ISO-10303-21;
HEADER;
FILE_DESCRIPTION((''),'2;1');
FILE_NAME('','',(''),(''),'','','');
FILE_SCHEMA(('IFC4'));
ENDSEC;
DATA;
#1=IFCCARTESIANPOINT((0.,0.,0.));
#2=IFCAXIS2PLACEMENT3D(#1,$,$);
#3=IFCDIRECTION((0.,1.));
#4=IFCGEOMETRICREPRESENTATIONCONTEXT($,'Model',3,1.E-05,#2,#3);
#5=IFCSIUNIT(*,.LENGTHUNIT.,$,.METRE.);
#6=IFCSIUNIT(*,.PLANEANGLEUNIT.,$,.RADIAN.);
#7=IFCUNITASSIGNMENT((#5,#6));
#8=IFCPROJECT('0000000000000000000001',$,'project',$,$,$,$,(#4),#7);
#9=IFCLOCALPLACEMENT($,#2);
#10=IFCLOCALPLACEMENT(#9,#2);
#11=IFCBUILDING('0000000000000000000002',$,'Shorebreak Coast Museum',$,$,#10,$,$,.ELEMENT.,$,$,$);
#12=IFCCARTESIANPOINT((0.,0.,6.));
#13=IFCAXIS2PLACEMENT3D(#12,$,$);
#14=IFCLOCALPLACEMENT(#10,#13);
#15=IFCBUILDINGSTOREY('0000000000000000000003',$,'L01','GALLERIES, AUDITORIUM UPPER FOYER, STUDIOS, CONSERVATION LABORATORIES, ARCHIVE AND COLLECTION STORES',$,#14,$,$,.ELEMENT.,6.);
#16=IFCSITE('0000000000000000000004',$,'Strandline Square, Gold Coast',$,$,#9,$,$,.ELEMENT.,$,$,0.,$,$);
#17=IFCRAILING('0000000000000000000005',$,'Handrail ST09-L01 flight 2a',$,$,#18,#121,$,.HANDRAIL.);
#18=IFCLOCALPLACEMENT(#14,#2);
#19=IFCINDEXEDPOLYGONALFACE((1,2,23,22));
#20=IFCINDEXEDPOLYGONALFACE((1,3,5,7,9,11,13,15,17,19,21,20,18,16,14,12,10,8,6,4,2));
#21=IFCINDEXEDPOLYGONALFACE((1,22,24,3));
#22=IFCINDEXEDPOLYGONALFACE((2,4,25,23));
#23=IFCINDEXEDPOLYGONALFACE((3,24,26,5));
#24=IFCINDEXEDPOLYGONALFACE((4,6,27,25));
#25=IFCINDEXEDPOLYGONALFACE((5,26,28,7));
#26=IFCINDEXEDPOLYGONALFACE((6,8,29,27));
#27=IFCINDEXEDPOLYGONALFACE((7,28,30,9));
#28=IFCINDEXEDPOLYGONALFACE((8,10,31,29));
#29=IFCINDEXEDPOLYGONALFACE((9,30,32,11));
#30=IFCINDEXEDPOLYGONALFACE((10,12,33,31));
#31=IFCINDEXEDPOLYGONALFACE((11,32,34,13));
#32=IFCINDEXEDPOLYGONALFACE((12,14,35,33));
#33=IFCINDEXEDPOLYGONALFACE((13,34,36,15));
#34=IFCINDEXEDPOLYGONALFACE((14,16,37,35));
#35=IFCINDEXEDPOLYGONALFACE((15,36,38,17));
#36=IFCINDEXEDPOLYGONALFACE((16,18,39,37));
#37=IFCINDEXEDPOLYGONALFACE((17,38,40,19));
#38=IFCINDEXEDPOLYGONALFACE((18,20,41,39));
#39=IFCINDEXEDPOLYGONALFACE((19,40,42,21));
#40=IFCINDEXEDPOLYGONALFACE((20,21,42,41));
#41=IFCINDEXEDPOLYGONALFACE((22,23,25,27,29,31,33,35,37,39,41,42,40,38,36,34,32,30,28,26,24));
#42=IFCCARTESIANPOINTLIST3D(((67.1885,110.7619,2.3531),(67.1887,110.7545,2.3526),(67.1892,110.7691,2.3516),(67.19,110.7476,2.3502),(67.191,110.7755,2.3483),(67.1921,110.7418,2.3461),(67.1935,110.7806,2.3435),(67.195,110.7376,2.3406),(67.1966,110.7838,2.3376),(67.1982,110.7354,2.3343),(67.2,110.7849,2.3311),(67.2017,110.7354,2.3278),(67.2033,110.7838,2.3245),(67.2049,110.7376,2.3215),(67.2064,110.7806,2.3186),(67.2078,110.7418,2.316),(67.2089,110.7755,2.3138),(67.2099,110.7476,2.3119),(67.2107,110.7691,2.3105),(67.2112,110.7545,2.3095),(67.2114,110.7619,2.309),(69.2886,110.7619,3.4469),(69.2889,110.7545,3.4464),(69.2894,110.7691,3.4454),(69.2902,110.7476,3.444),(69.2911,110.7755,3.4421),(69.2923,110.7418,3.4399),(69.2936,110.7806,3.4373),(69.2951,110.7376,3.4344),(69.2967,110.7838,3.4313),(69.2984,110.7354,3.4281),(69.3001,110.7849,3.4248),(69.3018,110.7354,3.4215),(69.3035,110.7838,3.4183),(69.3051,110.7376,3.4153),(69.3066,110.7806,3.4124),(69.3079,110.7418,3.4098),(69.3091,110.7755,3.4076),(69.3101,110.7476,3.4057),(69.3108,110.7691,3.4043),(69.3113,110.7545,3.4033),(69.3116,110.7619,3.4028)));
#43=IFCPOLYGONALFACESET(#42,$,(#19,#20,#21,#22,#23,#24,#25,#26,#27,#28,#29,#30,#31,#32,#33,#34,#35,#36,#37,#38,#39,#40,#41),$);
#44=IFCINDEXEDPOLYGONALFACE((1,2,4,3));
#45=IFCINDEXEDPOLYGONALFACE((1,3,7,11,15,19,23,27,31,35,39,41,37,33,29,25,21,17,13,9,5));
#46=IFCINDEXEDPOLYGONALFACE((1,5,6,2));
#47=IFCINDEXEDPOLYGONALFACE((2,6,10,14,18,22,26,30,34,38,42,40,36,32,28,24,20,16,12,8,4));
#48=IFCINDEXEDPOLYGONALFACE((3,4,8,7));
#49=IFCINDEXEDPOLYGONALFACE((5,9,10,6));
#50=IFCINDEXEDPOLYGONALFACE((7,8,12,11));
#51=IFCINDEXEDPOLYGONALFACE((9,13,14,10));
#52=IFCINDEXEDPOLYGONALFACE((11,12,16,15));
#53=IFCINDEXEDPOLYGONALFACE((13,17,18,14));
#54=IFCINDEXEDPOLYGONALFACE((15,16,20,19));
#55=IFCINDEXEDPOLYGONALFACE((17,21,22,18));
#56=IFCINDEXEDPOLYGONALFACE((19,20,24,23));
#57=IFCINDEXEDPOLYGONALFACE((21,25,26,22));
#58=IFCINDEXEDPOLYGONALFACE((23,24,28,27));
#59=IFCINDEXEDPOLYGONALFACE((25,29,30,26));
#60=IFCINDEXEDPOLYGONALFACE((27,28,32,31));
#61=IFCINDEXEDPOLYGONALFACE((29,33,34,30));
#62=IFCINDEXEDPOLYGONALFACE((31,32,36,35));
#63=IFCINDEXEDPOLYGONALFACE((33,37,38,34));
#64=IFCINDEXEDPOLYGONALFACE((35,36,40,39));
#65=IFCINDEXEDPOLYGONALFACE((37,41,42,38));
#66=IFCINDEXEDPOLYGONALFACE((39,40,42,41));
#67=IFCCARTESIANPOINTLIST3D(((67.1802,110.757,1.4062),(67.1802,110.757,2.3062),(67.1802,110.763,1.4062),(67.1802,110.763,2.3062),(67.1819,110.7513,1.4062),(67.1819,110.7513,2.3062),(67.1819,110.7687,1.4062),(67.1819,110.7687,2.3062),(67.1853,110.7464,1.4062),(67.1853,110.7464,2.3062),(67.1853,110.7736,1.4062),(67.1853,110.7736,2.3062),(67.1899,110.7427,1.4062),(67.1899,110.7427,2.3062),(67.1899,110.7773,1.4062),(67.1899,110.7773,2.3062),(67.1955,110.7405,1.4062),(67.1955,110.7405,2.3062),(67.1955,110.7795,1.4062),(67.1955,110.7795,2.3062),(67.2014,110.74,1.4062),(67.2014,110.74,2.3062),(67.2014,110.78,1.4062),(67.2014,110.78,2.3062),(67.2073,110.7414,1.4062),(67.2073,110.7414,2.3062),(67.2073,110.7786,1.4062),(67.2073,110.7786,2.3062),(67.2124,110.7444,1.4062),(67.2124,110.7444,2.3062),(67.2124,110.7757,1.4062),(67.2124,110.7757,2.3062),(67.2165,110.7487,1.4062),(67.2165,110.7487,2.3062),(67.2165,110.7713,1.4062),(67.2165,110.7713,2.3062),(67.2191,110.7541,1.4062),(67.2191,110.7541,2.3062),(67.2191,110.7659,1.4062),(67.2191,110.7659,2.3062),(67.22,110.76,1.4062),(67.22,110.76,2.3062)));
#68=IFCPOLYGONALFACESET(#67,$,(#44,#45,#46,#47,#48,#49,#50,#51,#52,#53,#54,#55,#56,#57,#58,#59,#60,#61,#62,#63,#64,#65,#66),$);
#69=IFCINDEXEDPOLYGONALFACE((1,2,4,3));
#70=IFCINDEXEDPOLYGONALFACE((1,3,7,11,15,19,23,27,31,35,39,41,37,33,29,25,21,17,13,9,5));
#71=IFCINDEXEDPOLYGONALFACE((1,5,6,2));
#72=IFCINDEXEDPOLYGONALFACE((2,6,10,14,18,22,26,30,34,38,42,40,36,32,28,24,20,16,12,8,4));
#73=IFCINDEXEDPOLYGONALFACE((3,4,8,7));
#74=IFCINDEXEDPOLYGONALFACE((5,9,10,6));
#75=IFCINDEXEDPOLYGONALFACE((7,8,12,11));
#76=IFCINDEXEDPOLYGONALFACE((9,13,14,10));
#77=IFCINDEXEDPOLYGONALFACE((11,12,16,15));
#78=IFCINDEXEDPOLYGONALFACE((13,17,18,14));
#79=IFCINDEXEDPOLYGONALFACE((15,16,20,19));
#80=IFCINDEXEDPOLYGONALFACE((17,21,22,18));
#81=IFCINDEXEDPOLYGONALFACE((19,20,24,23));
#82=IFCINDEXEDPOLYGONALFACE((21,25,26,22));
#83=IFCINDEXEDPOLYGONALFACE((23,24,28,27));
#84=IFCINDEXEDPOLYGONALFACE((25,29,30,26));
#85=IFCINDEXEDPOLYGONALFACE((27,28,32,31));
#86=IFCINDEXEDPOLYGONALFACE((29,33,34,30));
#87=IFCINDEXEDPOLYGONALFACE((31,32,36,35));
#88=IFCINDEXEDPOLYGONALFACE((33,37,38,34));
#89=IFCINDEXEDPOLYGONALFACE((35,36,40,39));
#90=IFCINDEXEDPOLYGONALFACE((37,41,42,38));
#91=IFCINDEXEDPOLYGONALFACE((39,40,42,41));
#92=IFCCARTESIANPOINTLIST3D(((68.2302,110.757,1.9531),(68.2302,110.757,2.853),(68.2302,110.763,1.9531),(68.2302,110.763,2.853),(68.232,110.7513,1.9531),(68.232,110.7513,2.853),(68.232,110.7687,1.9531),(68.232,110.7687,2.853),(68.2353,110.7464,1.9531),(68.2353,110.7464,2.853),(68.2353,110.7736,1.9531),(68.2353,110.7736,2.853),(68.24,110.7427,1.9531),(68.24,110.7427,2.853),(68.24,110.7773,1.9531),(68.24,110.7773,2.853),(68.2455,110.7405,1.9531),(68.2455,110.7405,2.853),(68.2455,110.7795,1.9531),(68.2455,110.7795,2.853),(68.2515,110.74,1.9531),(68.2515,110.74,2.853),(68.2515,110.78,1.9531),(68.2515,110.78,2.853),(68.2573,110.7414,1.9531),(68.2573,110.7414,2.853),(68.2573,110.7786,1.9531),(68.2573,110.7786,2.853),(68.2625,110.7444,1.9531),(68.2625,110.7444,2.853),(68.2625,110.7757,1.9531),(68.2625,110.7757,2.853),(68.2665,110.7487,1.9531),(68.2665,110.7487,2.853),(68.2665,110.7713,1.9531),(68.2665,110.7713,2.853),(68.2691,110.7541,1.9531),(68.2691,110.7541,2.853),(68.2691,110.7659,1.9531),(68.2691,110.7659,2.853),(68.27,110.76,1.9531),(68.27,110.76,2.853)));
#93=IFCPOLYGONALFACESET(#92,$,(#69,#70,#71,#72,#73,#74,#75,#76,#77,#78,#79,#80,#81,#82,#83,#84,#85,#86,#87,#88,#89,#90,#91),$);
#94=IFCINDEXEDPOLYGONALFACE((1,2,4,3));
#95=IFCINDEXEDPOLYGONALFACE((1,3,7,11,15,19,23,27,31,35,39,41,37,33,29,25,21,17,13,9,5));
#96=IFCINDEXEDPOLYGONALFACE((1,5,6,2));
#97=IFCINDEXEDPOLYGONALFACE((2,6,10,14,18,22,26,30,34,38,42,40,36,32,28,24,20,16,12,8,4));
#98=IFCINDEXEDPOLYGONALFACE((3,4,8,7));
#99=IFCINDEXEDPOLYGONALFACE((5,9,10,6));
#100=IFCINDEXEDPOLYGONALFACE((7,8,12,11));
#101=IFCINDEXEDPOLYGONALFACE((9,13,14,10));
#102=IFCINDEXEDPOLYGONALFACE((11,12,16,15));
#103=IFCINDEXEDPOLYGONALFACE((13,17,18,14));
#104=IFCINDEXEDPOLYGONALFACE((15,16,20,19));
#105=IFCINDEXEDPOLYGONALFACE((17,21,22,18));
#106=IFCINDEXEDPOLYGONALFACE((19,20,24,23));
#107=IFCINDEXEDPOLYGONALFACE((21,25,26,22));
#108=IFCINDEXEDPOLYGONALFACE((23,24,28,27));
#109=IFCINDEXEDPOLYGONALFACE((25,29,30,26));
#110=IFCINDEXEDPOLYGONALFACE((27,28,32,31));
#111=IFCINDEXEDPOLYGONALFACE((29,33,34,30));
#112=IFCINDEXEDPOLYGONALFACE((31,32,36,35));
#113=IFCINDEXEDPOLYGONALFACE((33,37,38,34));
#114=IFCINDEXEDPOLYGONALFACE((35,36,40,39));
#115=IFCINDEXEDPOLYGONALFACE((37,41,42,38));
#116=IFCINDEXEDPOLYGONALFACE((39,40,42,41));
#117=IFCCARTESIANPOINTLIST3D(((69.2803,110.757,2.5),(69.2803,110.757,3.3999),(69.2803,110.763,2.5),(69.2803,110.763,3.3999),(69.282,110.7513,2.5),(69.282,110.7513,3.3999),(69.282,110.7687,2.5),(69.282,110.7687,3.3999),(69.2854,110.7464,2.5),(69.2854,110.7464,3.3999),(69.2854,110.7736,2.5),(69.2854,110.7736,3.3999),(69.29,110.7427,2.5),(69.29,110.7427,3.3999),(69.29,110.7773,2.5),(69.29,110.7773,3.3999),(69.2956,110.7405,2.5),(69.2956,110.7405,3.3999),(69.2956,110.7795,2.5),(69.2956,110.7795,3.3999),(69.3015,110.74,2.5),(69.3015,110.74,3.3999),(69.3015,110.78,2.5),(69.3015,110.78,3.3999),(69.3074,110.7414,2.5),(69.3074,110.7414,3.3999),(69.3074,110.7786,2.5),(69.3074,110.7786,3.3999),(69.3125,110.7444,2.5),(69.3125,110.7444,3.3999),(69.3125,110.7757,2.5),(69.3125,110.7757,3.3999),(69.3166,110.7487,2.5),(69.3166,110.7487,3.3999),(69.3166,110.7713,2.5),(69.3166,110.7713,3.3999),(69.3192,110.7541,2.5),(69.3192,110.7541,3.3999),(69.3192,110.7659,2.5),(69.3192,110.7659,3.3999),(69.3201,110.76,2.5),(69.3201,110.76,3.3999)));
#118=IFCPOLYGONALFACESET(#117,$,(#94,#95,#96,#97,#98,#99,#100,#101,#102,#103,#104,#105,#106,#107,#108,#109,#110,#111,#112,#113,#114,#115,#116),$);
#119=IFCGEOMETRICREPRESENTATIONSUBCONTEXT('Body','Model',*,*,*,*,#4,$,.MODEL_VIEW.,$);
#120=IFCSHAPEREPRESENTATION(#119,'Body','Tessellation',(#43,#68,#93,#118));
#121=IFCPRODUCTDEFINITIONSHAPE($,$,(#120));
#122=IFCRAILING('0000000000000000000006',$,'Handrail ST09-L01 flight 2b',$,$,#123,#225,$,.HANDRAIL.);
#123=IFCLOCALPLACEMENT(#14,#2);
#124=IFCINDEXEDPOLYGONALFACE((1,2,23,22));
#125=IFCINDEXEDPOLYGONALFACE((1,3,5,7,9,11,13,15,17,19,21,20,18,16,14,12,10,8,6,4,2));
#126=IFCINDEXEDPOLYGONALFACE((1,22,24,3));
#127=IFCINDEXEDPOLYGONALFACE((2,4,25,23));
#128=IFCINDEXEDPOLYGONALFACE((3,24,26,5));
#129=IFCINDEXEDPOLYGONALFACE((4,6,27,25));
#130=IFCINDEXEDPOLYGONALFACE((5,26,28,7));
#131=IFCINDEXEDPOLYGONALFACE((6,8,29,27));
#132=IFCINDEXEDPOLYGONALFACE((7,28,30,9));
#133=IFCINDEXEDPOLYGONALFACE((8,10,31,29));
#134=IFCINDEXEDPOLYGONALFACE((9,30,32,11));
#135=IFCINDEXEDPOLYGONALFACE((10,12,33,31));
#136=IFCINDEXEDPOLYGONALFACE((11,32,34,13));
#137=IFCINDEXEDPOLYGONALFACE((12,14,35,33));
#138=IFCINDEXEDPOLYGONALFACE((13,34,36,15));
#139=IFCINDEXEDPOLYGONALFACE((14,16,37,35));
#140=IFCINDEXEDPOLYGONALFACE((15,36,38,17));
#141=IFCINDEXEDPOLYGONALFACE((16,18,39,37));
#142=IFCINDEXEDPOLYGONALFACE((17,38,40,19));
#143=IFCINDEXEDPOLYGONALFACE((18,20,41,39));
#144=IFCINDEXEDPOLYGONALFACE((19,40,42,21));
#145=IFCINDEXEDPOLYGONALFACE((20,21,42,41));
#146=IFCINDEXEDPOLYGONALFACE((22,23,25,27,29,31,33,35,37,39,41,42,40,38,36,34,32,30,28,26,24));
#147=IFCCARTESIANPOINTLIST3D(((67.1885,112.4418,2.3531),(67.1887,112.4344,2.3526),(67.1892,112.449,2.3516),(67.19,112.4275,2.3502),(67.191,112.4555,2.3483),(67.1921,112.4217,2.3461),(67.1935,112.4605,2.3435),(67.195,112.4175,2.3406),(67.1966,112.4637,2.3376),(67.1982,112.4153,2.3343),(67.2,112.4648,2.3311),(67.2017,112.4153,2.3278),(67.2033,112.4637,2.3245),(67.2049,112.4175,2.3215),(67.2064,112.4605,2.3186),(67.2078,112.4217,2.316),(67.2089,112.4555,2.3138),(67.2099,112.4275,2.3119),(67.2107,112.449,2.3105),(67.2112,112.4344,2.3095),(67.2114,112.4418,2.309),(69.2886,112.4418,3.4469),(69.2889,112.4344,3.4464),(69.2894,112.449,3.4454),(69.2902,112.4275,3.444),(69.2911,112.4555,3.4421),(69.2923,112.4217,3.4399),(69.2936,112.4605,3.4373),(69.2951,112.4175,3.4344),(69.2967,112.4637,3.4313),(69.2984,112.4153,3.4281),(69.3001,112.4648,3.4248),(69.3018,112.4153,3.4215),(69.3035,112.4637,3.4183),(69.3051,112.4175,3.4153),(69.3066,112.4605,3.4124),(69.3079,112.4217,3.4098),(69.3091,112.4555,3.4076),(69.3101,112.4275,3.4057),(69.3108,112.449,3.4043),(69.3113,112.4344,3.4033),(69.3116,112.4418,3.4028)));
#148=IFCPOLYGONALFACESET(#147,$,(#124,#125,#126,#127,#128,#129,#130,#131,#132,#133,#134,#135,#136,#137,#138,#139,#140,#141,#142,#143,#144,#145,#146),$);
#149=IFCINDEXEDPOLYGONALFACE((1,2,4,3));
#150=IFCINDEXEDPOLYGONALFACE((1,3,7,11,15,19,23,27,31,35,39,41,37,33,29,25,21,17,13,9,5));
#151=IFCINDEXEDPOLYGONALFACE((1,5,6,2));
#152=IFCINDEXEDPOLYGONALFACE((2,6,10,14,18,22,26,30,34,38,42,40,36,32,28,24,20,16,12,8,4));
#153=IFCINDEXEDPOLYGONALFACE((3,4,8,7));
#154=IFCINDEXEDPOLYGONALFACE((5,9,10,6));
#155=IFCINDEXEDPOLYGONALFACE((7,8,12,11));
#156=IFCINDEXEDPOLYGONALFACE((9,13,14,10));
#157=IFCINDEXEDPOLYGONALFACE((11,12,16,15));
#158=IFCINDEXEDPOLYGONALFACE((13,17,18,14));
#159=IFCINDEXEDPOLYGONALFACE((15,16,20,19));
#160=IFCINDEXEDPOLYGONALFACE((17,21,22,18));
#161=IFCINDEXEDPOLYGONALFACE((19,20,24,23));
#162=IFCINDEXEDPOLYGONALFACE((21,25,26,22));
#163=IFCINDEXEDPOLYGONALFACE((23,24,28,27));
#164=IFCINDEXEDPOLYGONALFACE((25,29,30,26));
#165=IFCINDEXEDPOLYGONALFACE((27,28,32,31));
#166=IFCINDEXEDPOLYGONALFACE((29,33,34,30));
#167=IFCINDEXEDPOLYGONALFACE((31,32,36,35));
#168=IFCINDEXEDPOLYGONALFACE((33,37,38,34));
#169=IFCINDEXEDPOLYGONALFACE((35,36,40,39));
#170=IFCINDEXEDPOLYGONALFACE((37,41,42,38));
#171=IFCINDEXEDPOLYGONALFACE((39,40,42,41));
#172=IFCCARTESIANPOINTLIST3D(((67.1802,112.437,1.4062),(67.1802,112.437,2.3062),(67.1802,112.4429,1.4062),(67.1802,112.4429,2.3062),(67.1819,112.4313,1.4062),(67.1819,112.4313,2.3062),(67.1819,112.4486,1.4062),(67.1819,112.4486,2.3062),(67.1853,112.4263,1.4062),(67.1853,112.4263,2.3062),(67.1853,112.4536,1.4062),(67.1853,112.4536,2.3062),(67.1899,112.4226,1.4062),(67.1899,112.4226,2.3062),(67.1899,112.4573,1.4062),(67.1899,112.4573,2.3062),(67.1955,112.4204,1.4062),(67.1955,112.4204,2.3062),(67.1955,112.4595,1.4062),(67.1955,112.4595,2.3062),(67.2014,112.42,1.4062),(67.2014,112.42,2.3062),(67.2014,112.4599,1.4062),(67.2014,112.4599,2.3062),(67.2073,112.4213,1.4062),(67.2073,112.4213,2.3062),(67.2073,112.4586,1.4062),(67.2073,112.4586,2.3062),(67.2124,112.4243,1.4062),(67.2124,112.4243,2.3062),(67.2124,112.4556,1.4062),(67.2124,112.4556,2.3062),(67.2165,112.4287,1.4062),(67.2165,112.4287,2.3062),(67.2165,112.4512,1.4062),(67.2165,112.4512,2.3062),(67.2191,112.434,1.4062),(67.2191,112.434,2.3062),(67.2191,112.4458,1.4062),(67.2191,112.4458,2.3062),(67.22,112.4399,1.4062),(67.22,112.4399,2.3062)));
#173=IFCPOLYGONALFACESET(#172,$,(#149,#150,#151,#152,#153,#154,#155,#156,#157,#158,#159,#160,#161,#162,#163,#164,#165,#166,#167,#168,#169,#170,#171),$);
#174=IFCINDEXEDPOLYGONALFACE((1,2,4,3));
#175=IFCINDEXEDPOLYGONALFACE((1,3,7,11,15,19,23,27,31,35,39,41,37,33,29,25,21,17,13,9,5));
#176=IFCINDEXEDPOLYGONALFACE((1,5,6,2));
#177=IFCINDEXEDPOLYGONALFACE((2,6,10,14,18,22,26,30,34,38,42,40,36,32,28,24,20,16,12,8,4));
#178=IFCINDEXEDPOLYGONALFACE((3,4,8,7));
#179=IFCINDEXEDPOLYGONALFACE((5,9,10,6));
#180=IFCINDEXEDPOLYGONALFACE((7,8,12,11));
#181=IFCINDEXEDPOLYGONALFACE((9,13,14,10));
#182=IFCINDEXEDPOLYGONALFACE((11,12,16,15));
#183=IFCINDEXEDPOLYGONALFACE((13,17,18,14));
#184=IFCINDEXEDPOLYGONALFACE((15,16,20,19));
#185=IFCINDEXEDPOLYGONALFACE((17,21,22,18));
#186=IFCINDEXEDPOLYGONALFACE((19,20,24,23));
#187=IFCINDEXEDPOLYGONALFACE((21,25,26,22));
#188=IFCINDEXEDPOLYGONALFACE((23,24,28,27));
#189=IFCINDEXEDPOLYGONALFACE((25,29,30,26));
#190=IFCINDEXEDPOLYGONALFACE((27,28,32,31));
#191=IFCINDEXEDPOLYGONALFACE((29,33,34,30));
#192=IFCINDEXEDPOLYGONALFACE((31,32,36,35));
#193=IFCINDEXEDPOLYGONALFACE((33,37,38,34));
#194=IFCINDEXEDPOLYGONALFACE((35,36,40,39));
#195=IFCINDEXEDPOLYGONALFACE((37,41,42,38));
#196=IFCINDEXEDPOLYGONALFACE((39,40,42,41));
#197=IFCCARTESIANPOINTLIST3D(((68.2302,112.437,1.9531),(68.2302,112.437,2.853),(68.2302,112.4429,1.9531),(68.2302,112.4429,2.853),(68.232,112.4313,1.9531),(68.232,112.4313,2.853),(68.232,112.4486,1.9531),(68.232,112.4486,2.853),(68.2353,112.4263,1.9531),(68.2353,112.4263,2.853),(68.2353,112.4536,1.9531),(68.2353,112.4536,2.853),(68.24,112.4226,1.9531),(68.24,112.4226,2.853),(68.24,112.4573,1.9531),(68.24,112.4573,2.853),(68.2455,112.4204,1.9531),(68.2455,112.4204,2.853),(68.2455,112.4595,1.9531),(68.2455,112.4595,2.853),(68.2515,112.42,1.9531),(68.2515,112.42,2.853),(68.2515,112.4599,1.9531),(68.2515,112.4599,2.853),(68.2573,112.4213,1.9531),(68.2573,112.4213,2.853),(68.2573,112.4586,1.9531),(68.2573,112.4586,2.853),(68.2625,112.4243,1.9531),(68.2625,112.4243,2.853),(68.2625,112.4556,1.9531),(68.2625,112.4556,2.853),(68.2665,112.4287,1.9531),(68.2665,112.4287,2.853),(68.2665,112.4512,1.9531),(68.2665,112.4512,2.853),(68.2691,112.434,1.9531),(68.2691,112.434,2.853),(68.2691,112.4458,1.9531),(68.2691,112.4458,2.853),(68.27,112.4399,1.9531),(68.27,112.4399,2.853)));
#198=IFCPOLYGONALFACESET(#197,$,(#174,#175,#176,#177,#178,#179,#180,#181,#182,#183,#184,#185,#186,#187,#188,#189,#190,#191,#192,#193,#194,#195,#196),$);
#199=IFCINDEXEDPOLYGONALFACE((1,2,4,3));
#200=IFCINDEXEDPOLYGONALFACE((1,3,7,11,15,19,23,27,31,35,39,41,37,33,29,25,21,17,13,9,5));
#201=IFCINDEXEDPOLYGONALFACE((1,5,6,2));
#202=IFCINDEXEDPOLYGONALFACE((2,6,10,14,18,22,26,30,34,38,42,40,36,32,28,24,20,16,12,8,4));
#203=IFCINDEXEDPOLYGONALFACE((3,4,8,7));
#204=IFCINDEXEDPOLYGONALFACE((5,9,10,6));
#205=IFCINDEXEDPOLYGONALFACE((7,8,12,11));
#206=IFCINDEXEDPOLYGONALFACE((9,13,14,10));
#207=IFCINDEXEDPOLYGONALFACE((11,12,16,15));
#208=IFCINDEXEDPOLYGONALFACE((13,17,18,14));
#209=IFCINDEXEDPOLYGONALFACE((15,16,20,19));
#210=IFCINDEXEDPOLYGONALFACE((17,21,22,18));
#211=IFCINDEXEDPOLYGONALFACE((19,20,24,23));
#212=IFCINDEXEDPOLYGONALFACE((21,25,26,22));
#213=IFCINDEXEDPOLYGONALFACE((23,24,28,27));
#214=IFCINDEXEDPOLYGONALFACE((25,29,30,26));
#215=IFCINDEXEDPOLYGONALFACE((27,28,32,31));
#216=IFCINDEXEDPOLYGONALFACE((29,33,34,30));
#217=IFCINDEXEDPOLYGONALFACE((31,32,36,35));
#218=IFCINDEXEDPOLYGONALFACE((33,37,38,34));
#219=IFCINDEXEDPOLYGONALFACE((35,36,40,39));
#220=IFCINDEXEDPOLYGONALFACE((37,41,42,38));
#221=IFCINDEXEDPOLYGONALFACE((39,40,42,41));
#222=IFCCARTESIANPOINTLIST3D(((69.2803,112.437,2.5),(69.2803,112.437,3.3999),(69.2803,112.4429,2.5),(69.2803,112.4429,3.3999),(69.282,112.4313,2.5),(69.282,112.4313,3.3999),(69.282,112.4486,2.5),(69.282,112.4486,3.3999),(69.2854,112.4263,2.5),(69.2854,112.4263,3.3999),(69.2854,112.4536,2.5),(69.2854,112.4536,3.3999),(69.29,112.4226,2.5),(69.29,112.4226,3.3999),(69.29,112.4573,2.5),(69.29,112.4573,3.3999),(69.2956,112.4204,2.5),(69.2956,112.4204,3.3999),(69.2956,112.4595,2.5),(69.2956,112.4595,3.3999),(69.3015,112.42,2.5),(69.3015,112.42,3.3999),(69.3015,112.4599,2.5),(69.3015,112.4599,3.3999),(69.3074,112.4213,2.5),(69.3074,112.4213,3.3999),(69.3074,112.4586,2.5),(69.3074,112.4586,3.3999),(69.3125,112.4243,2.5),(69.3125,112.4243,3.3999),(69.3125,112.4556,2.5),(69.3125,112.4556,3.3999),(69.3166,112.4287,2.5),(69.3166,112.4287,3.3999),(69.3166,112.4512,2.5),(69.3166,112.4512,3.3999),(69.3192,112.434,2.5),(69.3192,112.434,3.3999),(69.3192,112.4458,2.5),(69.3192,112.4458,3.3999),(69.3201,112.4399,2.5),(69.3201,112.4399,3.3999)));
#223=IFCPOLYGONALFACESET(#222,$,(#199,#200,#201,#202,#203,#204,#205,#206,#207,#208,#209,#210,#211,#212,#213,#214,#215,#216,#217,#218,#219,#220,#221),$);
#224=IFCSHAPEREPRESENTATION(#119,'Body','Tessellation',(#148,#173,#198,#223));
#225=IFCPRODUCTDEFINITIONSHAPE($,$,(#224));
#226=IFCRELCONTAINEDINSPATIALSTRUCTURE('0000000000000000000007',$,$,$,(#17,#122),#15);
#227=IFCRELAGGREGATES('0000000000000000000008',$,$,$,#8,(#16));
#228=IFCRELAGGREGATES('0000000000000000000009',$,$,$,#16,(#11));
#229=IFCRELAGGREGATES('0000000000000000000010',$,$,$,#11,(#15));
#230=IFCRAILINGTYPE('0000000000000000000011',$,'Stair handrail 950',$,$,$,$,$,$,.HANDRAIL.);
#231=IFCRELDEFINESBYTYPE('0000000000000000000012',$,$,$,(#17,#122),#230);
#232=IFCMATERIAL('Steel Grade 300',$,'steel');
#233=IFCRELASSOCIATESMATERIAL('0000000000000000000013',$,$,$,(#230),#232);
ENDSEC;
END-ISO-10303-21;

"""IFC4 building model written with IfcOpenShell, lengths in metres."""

from ifc_helpers import new_model, si_unit, direction, frame, origin, origin_2d, place, context, subcontext, project, spatial, circle, extrude, material, type_object, element, save


model = new_model("IFC4")

# Units and contexts
model_context = context("Model", 3, precision=1e-05, world=origin(), true_north=direction((0.0, 1.0)))
body_context = subcontext(model_context, "Body", "Model", "MODEL_VIEW")
ifc_project = project(units=[si_unit("LENGTHUNIT", "METRE"), si_unit("PLANEANGLEUNIT", "RADIAN")], contexts=[model_context])

# Site, building, storey
site_placement = place(None, origin())
site = spatial("IfcSite", under=ifc_project, at=site_placement, Name="Strandline Square, Gold Coast", CompositionType="ELEMENT", RefElevation=0.0)
building_placement = place(site_placement, origin())
building = spatial("IfcBuilding", under=site, at=building_placement, Name="Shorebreak Coast Museum", CompositionType="ELEMENT")
storey_placement = place(building_placement, frame((0.0, 0.0, 6.0)))
storey = spatial("IfcBuildingStorey", under=building, at=storey_placement, Name="L01", Description="GALLERIES, AUDITORIUM UPPER FOYER, STUDIOS, CONSERVATION LABORATORIES, ARCHIVE AND COLLECTION STORES", CompositionType="ELEMENT", Elevation=6.0)

# Railings
ifc_material_1 = material(Name="Steel Grade 300", Category="steel")
railing_type_1 = type_object("IfcRailingType", Name="Stair handrail 950", PredefinedType="HANDRAIL", material=ifc_material_1)
for number, where, name in (
    (1, (67.2, 110.76, 1.4062), "Handrail ST09-L01 flight 2a"),
    (2, (67.2, 112.4399, 1.4062), "Handrail ST09-L01 flight 2b"),
):
    element("IfcRailing", number, at=place(storey_placement, frame(where)), inside=storey, type_object=railing_type_1, Name=name, PredefinedType="HANDRAIL", context=body_context, shape_type="SweptSolid", body=[
        extrude(circle(Radius=0.0249, at=origin_2d()), frame((0.0, 0.0, 0.9248), z_axis=(0.886923, 0.0, 0.461918), x_axis=(0.0, 1.0, 0.0)), (0.0, 0.0, 1.0), 2.3679),
        extrude(circle(Radius=0.02, at=origin_2d()), origin(), (0.0, 0.0, 1.0), 0.8999),
        extrude(circle(Radius=0.02, at=origin_2d()), frame((1.05, 0.0, 0.5469)), (0.0, 0.0, 1.0), 0.8999),
        extrude(circle(Radius=0.02, at=origin_2d()), frame((2.1001, 0.0, 1.0938)), (0.0, 0.0, 1.0), 0.8999),
    ])

save(model, "model.ifc")
